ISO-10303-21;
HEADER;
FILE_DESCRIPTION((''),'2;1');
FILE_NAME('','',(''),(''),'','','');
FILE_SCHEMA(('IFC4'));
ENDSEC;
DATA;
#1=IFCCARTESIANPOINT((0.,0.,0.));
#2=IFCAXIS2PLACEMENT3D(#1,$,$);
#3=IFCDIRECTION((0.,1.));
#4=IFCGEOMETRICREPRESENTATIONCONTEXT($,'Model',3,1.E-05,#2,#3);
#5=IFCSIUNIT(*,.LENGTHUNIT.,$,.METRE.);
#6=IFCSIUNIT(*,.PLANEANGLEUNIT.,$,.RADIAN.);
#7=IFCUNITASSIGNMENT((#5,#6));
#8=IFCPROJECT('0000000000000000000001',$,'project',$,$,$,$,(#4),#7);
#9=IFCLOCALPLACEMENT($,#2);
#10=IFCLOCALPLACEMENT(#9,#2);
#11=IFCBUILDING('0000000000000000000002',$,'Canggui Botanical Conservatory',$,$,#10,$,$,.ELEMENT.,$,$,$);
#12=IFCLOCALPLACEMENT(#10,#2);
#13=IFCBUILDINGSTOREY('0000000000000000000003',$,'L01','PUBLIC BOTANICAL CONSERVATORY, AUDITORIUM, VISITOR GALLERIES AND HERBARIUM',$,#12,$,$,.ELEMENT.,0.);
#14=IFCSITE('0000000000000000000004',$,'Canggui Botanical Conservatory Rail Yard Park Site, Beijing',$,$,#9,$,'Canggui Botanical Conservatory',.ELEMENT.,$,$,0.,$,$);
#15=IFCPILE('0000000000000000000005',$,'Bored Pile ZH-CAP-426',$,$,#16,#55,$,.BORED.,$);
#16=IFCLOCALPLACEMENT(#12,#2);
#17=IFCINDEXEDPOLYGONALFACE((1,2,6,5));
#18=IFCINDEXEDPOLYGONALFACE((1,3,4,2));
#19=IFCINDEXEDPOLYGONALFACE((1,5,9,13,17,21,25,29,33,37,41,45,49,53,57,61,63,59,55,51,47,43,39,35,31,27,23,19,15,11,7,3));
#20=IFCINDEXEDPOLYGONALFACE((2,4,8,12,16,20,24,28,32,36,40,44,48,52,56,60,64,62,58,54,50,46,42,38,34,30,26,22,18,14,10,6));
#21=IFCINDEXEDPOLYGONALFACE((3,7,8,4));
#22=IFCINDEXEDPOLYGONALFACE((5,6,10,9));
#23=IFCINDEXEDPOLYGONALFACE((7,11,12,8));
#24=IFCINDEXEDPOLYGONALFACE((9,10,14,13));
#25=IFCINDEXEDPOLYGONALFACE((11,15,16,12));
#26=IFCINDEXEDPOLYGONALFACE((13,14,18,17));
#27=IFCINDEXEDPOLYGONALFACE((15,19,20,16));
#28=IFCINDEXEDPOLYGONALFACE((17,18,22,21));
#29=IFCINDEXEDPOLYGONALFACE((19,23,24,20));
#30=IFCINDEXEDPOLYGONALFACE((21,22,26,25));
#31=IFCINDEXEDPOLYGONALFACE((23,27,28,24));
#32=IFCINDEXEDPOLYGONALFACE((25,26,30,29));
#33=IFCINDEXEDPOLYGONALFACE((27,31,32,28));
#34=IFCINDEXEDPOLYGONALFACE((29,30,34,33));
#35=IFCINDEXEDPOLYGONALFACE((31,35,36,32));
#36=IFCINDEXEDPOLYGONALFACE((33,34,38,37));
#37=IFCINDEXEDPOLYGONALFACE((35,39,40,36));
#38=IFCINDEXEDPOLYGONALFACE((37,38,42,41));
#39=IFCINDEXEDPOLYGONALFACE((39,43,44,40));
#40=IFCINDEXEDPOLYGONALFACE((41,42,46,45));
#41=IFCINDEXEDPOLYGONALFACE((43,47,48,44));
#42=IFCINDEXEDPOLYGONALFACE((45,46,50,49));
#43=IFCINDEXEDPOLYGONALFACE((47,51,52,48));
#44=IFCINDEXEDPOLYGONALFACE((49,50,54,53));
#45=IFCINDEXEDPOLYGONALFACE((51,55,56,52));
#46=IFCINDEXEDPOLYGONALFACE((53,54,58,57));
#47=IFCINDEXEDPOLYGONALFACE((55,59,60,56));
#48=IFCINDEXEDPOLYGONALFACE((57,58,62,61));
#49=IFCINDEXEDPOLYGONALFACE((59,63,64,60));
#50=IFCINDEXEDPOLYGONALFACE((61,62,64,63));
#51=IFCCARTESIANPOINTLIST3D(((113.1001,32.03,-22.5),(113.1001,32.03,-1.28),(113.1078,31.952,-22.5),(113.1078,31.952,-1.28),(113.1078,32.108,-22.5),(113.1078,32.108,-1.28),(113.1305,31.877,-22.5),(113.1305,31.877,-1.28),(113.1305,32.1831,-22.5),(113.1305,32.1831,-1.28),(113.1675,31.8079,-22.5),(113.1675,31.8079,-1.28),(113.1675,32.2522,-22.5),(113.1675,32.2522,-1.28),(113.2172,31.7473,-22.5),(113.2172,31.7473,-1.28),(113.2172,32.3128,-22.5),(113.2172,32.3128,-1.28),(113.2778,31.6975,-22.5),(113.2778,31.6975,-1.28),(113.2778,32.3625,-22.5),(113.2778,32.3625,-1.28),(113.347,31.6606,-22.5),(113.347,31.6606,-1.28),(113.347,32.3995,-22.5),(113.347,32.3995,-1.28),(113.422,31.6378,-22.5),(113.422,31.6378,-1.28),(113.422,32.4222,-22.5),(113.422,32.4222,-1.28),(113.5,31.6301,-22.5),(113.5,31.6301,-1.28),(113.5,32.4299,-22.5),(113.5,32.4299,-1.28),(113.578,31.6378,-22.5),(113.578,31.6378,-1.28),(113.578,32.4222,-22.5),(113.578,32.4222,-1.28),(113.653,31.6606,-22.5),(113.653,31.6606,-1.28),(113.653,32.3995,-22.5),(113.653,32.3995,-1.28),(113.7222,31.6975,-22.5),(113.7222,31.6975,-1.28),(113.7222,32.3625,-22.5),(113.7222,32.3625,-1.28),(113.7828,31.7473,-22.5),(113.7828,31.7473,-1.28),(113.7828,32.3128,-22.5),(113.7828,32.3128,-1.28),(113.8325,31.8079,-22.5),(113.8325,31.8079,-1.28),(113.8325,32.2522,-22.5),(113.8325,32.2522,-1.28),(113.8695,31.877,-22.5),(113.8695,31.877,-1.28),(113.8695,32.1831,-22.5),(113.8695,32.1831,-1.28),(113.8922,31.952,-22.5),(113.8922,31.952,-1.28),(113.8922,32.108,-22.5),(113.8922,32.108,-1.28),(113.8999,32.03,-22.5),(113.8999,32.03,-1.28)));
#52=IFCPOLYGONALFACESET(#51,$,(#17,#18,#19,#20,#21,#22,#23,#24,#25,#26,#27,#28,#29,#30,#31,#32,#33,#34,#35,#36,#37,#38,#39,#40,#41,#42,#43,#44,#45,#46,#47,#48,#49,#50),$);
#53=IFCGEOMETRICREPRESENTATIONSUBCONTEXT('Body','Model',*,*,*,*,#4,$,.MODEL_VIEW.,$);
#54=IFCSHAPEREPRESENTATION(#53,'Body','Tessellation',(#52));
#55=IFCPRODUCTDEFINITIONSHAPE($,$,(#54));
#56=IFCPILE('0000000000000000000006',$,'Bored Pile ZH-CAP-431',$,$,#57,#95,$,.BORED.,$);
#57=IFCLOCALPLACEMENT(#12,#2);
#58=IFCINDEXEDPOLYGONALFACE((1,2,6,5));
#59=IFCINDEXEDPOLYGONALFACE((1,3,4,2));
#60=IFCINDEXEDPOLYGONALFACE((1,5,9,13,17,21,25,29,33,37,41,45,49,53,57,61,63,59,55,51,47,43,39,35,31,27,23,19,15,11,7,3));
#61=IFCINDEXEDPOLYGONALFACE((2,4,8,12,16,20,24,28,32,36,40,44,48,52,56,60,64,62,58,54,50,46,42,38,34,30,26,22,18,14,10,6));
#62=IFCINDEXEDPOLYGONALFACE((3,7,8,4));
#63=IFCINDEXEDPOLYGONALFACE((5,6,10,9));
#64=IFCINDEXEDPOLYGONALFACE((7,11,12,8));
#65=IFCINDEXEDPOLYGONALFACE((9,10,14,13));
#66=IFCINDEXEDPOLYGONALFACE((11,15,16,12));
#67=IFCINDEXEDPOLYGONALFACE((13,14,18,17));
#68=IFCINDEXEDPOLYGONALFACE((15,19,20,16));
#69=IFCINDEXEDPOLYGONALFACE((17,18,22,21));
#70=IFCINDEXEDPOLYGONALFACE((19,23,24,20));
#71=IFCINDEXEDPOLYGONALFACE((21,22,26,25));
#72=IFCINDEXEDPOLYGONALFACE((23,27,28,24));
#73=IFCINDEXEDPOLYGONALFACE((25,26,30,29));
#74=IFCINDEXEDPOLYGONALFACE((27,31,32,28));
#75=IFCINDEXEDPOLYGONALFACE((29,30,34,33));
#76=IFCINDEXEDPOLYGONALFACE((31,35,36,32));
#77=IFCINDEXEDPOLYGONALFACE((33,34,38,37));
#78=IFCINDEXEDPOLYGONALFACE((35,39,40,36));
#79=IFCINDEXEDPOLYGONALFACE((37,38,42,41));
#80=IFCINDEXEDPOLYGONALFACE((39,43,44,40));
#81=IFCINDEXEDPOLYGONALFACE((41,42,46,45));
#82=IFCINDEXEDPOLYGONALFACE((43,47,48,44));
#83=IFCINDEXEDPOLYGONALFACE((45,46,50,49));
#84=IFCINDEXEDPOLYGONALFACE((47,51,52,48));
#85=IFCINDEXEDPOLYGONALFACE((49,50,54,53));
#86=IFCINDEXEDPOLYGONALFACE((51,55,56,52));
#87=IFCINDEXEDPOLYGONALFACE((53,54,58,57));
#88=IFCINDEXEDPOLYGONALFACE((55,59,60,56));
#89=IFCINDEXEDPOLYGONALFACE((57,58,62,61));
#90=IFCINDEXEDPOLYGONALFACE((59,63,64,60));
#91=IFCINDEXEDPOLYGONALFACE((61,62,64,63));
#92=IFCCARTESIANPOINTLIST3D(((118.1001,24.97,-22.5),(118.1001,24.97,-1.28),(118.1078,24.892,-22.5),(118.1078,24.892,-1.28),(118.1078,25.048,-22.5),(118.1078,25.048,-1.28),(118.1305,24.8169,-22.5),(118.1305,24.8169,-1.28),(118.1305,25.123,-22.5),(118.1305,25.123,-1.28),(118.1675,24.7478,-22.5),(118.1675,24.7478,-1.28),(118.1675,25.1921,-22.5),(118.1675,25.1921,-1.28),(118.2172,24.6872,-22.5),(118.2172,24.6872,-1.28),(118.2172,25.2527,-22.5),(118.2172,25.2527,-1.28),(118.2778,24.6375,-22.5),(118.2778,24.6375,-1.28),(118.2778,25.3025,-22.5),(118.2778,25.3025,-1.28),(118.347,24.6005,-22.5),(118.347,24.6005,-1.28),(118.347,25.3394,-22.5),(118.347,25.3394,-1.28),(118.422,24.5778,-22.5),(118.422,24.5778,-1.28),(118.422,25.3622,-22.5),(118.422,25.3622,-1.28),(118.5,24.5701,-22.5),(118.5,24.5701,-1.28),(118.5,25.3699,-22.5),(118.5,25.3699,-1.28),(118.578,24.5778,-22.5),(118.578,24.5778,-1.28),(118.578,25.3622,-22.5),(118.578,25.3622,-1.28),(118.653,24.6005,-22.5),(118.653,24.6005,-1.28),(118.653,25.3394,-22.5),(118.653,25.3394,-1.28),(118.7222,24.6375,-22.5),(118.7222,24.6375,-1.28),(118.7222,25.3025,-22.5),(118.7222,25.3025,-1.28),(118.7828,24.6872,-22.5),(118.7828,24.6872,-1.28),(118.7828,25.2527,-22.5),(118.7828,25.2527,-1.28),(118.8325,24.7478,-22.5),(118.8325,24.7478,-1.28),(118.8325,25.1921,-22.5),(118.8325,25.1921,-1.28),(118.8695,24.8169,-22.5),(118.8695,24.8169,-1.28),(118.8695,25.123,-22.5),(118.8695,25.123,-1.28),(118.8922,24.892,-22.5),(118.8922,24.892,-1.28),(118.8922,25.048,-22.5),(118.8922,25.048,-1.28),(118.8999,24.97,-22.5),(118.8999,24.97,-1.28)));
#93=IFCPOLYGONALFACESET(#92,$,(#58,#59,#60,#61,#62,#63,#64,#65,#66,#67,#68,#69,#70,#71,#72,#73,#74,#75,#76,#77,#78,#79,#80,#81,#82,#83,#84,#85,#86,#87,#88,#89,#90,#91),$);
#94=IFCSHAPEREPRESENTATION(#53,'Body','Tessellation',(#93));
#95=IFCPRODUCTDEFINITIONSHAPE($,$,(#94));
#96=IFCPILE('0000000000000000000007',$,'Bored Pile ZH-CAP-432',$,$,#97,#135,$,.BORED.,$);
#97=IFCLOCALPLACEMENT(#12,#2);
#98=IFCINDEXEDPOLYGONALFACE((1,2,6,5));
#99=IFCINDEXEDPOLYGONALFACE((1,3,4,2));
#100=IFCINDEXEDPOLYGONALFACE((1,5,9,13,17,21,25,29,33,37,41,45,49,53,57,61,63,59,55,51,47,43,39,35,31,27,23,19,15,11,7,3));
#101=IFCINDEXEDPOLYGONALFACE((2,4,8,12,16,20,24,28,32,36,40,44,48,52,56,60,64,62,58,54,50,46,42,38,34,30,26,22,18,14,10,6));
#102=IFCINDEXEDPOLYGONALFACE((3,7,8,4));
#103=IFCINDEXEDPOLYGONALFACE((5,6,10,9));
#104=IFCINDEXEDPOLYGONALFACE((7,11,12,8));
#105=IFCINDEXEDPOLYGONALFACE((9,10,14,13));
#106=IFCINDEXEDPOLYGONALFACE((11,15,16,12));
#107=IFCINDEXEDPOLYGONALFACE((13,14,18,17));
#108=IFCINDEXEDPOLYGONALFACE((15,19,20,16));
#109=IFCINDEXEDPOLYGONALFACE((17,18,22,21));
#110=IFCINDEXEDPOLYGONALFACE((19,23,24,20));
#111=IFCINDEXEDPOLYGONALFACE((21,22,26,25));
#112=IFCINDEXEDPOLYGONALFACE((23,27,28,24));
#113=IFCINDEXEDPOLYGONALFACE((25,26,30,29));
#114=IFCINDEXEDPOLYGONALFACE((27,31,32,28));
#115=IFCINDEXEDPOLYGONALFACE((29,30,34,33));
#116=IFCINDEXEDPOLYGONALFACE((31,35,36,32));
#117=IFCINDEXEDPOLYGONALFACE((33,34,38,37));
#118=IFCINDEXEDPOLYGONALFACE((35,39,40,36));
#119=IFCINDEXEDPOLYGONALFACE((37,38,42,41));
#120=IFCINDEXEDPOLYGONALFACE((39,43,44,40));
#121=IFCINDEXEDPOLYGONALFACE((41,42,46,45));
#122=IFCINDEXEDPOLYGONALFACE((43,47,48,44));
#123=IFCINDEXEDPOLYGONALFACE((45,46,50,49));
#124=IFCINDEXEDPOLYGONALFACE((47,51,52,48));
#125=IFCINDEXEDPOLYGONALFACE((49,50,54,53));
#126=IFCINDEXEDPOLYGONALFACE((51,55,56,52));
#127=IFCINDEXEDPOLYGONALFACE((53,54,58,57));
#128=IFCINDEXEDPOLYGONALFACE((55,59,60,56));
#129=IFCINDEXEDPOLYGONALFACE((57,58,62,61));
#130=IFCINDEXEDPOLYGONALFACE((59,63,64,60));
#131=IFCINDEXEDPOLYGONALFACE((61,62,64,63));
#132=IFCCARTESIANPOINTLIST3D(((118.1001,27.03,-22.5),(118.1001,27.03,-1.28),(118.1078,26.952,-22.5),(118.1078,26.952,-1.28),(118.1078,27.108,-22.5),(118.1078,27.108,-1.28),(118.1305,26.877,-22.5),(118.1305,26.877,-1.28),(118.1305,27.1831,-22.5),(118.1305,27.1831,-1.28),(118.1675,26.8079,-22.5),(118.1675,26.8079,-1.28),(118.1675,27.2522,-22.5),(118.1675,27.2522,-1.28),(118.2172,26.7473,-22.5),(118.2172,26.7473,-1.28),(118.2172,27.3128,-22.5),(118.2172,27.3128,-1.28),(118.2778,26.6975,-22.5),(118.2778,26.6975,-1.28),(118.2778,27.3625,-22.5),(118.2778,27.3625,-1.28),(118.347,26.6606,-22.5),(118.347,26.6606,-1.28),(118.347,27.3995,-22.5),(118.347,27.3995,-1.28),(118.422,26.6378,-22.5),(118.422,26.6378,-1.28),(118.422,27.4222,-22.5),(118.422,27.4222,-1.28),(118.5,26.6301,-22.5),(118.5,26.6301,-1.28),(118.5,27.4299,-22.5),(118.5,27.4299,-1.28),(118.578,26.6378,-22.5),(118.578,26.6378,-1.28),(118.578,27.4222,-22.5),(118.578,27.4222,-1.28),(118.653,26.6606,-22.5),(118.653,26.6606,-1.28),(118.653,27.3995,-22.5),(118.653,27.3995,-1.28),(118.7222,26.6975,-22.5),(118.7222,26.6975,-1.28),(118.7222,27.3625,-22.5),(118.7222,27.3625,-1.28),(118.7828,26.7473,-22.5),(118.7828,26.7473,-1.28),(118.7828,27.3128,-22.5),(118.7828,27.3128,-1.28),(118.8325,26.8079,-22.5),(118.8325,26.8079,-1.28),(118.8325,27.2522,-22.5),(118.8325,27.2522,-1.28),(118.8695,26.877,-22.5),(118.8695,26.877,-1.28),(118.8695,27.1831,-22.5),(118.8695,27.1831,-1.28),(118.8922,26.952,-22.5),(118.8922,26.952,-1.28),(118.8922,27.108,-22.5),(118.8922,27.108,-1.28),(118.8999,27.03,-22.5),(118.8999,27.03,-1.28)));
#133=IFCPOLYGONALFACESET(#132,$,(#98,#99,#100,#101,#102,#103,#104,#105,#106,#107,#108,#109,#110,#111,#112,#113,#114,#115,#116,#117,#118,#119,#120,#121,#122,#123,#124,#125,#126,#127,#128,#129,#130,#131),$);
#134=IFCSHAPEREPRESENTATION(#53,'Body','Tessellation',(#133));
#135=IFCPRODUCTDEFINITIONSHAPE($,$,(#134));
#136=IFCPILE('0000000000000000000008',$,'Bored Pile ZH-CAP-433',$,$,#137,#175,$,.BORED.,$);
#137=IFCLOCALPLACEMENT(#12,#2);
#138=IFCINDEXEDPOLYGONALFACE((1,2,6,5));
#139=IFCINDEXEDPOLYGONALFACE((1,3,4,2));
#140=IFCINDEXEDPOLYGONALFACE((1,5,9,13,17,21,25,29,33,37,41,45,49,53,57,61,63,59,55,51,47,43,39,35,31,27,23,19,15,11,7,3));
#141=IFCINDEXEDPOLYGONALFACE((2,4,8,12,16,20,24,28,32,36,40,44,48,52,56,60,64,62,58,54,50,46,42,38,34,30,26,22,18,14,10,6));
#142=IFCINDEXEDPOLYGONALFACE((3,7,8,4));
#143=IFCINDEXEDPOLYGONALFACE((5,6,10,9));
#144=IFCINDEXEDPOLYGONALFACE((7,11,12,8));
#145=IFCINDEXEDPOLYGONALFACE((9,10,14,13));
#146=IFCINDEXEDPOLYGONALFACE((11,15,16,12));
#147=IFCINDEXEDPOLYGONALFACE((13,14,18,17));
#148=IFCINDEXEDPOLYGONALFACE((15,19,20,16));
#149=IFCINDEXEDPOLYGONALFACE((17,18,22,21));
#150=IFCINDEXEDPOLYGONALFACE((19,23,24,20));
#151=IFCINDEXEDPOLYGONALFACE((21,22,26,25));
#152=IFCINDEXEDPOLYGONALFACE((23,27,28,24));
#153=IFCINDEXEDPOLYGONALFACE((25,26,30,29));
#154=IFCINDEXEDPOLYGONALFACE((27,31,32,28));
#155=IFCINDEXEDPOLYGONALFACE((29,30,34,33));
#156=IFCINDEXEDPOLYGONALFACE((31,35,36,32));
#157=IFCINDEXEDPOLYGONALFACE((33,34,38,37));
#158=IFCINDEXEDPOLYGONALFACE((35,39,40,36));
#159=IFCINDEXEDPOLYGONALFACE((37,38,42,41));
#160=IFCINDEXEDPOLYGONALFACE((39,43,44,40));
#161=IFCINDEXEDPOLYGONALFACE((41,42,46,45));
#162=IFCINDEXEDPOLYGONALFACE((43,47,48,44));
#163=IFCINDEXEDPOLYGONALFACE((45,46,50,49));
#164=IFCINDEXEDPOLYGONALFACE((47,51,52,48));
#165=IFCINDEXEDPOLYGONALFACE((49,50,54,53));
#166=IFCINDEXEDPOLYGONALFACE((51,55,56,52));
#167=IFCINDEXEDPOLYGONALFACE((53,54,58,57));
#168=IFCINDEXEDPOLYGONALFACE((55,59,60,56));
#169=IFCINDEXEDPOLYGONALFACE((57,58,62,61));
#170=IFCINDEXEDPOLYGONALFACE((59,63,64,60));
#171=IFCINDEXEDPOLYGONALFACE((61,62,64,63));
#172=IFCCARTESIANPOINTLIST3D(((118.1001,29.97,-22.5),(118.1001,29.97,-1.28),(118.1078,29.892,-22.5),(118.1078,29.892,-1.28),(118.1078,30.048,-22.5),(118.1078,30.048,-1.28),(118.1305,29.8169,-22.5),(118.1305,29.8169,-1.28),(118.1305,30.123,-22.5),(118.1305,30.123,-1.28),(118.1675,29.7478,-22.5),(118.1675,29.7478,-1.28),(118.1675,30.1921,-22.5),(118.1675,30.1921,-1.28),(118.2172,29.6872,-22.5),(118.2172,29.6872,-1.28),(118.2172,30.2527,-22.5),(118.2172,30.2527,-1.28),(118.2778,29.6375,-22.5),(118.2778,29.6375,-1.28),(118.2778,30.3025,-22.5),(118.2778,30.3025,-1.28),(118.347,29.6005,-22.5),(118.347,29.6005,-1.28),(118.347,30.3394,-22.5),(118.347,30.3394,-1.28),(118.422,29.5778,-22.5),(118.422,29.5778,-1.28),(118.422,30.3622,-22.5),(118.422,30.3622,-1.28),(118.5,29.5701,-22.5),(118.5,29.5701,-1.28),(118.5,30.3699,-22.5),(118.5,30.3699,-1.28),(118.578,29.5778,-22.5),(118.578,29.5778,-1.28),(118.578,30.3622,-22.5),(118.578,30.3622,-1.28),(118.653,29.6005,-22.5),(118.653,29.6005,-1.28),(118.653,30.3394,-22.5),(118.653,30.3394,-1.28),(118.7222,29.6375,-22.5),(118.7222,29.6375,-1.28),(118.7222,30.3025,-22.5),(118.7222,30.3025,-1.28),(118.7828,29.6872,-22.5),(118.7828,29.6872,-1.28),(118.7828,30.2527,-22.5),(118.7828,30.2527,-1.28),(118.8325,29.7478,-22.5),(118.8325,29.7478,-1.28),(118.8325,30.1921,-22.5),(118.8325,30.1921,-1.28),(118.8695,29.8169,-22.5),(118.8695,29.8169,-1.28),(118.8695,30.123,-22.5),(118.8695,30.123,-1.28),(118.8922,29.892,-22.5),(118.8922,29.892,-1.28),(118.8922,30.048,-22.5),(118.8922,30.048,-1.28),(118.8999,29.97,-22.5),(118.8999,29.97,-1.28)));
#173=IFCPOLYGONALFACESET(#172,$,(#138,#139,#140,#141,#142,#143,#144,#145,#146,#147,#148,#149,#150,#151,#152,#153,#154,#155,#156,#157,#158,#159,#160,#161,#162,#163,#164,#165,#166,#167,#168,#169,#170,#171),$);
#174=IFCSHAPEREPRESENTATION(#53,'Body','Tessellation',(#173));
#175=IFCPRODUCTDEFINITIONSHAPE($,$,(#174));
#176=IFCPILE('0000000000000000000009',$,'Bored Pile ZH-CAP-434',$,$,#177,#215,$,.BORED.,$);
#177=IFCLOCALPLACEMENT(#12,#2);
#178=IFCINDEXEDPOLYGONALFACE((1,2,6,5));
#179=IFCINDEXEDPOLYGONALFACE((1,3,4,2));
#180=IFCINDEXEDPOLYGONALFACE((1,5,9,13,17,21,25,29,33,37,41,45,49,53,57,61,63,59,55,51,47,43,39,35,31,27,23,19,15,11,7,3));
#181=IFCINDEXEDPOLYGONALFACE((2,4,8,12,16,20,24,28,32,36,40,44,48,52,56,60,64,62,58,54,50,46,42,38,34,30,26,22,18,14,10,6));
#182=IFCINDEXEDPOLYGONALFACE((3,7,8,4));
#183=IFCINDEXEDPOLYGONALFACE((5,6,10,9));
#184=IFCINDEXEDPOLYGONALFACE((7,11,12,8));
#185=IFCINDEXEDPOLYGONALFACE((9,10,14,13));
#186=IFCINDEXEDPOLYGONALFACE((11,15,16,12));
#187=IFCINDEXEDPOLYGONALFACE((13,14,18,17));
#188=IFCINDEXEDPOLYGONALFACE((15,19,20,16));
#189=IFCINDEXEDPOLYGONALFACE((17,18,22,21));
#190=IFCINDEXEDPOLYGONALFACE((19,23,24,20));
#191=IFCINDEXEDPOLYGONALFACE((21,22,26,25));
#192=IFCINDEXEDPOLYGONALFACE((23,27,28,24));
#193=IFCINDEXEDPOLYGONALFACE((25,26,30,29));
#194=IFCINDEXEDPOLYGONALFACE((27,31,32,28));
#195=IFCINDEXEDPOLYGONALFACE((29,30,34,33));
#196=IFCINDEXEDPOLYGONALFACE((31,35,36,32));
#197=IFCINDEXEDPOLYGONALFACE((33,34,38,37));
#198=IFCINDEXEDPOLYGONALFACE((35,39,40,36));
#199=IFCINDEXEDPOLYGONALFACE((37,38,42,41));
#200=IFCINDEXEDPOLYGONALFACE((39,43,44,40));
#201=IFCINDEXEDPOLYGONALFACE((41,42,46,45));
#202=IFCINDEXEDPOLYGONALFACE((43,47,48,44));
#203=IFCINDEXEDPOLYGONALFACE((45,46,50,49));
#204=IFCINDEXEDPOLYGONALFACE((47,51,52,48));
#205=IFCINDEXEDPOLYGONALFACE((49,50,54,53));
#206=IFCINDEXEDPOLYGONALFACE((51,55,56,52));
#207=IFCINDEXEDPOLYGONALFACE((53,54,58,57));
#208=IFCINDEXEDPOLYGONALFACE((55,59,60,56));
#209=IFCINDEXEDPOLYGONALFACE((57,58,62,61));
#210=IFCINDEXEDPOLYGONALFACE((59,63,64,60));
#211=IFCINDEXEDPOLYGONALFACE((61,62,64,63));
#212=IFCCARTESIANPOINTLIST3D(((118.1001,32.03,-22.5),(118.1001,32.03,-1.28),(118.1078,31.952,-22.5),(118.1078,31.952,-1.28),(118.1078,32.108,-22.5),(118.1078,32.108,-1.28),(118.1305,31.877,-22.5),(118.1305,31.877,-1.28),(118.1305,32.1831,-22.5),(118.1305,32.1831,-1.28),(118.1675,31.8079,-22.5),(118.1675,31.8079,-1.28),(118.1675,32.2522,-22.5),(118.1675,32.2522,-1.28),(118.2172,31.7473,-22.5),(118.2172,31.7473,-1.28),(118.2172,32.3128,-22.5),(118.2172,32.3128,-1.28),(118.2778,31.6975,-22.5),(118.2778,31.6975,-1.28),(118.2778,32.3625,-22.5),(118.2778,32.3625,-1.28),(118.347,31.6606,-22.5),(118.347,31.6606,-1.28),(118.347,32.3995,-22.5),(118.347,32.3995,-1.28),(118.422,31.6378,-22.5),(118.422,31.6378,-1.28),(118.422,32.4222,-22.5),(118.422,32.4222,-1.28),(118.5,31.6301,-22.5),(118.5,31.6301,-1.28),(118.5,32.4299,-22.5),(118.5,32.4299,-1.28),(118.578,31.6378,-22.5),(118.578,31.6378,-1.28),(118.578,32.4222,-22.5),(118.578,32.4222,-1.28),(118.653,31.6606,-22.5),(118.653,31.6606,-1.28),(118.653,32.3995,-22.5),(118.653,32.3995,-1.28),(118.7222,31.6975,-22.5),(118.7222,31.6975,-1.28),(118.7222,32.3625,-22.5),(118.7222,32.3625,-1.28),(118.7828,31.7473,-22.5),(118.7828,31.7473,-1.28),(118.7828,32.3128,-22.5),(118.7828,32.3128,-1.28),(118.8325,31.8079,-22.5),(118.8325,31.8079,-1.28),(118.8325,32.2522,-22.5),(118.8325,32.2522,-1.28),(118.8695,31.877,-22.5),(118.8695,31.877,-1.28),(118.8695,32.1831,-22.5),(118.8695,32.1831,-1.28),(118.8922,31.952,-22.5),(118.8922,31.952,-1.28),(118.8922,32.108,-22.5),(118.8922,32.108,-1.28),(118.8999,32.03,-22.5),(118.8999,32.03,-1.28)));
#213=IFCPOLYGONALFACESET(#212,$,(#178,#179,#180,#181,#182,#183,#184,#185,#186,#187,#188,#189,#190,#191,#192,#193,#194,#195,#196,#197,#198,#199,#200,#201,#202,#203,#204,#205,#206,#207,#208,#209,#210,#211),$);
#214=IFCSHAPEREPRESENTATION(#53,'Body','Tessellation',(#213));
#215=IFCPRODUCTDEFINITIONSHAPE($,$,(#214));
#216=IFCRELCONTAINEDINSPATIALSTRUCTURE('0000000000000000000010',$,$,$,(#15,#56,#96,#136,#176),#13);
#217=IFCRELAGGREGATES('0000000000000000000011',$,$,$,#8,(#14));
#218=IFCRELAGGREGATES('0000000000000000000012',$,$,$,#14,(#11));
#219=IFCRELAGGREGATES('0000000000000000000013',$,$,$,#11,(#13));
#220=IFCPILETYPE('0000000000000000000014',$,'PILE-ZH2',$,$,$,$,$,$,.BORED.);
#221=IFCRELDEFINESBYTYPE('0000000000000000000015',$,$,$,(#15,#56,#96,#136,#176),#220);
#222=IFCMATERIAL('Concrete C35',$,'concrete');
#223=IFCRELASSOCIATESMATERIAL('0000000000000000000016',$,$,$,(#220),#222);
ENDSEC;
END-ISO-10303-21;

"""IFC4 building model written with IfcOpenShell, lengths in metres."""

from ifc_helpers import new_model, si_unit, direction, frame, origin, origin_2d, place, context, subcontext, project, spatial, circle, extrude, material, material_profile, profile_set, type_object, element, save


model = new_model("IFC4")

# Units and contexts
model_context = context("Model", 3, precision=1e-05, world=origin(), true_north=direction((0.0, 1.0)))
body_context = subcontext(model_context, "Body", "Model", "MODEL_VIEW")
ifc_project = project(units=[si_unit("LENGTHUNIT", "METRE"), si_unit("PLANEANGLEUNIT", "RADIAN")], contexts=[model_context])

# Site, building, storey
site_placement = place(None, origin())
site = spatial("IfcSite", under=ifc_project, at=site_placement, Name="Canggui Botanical Conservatory Rail Yard Park Site, Beijing", LongName="Canggui Botanical Conservatory", CompositionType="ELEMENT", RefElevation=0.0)
building_placement = place(site_placement, origin())
building = spatial("IfcBuilding", under=site, at=building_placement, Name="Canggui Botanical Conservatory", CompositionType="ELEMENT")
storey_placement = place(building_placement, origin())
storey = spatial("IfcBuildingStorey", under=building, at=storey_placement, Name="L01", Description="PUBLIC BOTANICAL CONSERVATORY, AUDITORIUM, VISITOR GALLERIES AND HERBARIUM", CompositionType="ELEMENT", Elevation=0.0)

# Shared definitions
ifc_material_1 = material(Name="Concrete C35", Category="concrete")

# Piles
ifc_material_profile_1 = material_profile(ifc_material_1, circle(Radius=0.3999, at=origin_2d()), Name="PILE D800")
ifc_profile_set_1 = profile_set([ifc_material_profile_1], Name="Concrete C35")
pile_type = type_object("IfcPileType", Name="PILE-ZH2", PredefinedType="BORED", material=ifc_profile_set_1)
for number, where, z_axis, x_axis, name in (
    (1, (113.5, 32.03, -1.28), (0.0, 0.0, -1.0), (1.0, 0.0, 0.0), "Bored Pile ZH-CAP-426"),
    (2, (118.5, 24.97, -1.28), (0.0, 0.0, -1.0), (1.0, 0.0, 0.0), "Bored Pile ZH-CAP-431"),
    (3, (118.5, 27.03, -1.28), (0.0, 0.0, -1.0), (1.0, 0.0, 0.0), "Bored Pile ZH-CAP-432"),
    (4, (118.5, 29.97, -1.28), (0.0, 0.0, -1.0), (1.0, 0.0, 0.0), "Bored Pile ZH-CAP-433"),
    (5, (118.5, 32.03, -1.28), (0.0, 0.0, -1.0), (1.0, 0.0, 0.0), "Bored Pile ZH-CAP-434"),
):
    element("IfcPile", number, at=place(storey_placement, frame(where, z_axis=z_axis, x_axis=x_axis)), inside=storey, type_object=pile_type, Name=name, PredefinedType="BORED", context=body_context, shape_type="SweptSolid", body=[
        extrude(circle(Radius=0.3999, at=origin_2d()), origin(), (0.0, 0.0, 1.0), 21.22),
    ])

save(model, "model.ifc")
